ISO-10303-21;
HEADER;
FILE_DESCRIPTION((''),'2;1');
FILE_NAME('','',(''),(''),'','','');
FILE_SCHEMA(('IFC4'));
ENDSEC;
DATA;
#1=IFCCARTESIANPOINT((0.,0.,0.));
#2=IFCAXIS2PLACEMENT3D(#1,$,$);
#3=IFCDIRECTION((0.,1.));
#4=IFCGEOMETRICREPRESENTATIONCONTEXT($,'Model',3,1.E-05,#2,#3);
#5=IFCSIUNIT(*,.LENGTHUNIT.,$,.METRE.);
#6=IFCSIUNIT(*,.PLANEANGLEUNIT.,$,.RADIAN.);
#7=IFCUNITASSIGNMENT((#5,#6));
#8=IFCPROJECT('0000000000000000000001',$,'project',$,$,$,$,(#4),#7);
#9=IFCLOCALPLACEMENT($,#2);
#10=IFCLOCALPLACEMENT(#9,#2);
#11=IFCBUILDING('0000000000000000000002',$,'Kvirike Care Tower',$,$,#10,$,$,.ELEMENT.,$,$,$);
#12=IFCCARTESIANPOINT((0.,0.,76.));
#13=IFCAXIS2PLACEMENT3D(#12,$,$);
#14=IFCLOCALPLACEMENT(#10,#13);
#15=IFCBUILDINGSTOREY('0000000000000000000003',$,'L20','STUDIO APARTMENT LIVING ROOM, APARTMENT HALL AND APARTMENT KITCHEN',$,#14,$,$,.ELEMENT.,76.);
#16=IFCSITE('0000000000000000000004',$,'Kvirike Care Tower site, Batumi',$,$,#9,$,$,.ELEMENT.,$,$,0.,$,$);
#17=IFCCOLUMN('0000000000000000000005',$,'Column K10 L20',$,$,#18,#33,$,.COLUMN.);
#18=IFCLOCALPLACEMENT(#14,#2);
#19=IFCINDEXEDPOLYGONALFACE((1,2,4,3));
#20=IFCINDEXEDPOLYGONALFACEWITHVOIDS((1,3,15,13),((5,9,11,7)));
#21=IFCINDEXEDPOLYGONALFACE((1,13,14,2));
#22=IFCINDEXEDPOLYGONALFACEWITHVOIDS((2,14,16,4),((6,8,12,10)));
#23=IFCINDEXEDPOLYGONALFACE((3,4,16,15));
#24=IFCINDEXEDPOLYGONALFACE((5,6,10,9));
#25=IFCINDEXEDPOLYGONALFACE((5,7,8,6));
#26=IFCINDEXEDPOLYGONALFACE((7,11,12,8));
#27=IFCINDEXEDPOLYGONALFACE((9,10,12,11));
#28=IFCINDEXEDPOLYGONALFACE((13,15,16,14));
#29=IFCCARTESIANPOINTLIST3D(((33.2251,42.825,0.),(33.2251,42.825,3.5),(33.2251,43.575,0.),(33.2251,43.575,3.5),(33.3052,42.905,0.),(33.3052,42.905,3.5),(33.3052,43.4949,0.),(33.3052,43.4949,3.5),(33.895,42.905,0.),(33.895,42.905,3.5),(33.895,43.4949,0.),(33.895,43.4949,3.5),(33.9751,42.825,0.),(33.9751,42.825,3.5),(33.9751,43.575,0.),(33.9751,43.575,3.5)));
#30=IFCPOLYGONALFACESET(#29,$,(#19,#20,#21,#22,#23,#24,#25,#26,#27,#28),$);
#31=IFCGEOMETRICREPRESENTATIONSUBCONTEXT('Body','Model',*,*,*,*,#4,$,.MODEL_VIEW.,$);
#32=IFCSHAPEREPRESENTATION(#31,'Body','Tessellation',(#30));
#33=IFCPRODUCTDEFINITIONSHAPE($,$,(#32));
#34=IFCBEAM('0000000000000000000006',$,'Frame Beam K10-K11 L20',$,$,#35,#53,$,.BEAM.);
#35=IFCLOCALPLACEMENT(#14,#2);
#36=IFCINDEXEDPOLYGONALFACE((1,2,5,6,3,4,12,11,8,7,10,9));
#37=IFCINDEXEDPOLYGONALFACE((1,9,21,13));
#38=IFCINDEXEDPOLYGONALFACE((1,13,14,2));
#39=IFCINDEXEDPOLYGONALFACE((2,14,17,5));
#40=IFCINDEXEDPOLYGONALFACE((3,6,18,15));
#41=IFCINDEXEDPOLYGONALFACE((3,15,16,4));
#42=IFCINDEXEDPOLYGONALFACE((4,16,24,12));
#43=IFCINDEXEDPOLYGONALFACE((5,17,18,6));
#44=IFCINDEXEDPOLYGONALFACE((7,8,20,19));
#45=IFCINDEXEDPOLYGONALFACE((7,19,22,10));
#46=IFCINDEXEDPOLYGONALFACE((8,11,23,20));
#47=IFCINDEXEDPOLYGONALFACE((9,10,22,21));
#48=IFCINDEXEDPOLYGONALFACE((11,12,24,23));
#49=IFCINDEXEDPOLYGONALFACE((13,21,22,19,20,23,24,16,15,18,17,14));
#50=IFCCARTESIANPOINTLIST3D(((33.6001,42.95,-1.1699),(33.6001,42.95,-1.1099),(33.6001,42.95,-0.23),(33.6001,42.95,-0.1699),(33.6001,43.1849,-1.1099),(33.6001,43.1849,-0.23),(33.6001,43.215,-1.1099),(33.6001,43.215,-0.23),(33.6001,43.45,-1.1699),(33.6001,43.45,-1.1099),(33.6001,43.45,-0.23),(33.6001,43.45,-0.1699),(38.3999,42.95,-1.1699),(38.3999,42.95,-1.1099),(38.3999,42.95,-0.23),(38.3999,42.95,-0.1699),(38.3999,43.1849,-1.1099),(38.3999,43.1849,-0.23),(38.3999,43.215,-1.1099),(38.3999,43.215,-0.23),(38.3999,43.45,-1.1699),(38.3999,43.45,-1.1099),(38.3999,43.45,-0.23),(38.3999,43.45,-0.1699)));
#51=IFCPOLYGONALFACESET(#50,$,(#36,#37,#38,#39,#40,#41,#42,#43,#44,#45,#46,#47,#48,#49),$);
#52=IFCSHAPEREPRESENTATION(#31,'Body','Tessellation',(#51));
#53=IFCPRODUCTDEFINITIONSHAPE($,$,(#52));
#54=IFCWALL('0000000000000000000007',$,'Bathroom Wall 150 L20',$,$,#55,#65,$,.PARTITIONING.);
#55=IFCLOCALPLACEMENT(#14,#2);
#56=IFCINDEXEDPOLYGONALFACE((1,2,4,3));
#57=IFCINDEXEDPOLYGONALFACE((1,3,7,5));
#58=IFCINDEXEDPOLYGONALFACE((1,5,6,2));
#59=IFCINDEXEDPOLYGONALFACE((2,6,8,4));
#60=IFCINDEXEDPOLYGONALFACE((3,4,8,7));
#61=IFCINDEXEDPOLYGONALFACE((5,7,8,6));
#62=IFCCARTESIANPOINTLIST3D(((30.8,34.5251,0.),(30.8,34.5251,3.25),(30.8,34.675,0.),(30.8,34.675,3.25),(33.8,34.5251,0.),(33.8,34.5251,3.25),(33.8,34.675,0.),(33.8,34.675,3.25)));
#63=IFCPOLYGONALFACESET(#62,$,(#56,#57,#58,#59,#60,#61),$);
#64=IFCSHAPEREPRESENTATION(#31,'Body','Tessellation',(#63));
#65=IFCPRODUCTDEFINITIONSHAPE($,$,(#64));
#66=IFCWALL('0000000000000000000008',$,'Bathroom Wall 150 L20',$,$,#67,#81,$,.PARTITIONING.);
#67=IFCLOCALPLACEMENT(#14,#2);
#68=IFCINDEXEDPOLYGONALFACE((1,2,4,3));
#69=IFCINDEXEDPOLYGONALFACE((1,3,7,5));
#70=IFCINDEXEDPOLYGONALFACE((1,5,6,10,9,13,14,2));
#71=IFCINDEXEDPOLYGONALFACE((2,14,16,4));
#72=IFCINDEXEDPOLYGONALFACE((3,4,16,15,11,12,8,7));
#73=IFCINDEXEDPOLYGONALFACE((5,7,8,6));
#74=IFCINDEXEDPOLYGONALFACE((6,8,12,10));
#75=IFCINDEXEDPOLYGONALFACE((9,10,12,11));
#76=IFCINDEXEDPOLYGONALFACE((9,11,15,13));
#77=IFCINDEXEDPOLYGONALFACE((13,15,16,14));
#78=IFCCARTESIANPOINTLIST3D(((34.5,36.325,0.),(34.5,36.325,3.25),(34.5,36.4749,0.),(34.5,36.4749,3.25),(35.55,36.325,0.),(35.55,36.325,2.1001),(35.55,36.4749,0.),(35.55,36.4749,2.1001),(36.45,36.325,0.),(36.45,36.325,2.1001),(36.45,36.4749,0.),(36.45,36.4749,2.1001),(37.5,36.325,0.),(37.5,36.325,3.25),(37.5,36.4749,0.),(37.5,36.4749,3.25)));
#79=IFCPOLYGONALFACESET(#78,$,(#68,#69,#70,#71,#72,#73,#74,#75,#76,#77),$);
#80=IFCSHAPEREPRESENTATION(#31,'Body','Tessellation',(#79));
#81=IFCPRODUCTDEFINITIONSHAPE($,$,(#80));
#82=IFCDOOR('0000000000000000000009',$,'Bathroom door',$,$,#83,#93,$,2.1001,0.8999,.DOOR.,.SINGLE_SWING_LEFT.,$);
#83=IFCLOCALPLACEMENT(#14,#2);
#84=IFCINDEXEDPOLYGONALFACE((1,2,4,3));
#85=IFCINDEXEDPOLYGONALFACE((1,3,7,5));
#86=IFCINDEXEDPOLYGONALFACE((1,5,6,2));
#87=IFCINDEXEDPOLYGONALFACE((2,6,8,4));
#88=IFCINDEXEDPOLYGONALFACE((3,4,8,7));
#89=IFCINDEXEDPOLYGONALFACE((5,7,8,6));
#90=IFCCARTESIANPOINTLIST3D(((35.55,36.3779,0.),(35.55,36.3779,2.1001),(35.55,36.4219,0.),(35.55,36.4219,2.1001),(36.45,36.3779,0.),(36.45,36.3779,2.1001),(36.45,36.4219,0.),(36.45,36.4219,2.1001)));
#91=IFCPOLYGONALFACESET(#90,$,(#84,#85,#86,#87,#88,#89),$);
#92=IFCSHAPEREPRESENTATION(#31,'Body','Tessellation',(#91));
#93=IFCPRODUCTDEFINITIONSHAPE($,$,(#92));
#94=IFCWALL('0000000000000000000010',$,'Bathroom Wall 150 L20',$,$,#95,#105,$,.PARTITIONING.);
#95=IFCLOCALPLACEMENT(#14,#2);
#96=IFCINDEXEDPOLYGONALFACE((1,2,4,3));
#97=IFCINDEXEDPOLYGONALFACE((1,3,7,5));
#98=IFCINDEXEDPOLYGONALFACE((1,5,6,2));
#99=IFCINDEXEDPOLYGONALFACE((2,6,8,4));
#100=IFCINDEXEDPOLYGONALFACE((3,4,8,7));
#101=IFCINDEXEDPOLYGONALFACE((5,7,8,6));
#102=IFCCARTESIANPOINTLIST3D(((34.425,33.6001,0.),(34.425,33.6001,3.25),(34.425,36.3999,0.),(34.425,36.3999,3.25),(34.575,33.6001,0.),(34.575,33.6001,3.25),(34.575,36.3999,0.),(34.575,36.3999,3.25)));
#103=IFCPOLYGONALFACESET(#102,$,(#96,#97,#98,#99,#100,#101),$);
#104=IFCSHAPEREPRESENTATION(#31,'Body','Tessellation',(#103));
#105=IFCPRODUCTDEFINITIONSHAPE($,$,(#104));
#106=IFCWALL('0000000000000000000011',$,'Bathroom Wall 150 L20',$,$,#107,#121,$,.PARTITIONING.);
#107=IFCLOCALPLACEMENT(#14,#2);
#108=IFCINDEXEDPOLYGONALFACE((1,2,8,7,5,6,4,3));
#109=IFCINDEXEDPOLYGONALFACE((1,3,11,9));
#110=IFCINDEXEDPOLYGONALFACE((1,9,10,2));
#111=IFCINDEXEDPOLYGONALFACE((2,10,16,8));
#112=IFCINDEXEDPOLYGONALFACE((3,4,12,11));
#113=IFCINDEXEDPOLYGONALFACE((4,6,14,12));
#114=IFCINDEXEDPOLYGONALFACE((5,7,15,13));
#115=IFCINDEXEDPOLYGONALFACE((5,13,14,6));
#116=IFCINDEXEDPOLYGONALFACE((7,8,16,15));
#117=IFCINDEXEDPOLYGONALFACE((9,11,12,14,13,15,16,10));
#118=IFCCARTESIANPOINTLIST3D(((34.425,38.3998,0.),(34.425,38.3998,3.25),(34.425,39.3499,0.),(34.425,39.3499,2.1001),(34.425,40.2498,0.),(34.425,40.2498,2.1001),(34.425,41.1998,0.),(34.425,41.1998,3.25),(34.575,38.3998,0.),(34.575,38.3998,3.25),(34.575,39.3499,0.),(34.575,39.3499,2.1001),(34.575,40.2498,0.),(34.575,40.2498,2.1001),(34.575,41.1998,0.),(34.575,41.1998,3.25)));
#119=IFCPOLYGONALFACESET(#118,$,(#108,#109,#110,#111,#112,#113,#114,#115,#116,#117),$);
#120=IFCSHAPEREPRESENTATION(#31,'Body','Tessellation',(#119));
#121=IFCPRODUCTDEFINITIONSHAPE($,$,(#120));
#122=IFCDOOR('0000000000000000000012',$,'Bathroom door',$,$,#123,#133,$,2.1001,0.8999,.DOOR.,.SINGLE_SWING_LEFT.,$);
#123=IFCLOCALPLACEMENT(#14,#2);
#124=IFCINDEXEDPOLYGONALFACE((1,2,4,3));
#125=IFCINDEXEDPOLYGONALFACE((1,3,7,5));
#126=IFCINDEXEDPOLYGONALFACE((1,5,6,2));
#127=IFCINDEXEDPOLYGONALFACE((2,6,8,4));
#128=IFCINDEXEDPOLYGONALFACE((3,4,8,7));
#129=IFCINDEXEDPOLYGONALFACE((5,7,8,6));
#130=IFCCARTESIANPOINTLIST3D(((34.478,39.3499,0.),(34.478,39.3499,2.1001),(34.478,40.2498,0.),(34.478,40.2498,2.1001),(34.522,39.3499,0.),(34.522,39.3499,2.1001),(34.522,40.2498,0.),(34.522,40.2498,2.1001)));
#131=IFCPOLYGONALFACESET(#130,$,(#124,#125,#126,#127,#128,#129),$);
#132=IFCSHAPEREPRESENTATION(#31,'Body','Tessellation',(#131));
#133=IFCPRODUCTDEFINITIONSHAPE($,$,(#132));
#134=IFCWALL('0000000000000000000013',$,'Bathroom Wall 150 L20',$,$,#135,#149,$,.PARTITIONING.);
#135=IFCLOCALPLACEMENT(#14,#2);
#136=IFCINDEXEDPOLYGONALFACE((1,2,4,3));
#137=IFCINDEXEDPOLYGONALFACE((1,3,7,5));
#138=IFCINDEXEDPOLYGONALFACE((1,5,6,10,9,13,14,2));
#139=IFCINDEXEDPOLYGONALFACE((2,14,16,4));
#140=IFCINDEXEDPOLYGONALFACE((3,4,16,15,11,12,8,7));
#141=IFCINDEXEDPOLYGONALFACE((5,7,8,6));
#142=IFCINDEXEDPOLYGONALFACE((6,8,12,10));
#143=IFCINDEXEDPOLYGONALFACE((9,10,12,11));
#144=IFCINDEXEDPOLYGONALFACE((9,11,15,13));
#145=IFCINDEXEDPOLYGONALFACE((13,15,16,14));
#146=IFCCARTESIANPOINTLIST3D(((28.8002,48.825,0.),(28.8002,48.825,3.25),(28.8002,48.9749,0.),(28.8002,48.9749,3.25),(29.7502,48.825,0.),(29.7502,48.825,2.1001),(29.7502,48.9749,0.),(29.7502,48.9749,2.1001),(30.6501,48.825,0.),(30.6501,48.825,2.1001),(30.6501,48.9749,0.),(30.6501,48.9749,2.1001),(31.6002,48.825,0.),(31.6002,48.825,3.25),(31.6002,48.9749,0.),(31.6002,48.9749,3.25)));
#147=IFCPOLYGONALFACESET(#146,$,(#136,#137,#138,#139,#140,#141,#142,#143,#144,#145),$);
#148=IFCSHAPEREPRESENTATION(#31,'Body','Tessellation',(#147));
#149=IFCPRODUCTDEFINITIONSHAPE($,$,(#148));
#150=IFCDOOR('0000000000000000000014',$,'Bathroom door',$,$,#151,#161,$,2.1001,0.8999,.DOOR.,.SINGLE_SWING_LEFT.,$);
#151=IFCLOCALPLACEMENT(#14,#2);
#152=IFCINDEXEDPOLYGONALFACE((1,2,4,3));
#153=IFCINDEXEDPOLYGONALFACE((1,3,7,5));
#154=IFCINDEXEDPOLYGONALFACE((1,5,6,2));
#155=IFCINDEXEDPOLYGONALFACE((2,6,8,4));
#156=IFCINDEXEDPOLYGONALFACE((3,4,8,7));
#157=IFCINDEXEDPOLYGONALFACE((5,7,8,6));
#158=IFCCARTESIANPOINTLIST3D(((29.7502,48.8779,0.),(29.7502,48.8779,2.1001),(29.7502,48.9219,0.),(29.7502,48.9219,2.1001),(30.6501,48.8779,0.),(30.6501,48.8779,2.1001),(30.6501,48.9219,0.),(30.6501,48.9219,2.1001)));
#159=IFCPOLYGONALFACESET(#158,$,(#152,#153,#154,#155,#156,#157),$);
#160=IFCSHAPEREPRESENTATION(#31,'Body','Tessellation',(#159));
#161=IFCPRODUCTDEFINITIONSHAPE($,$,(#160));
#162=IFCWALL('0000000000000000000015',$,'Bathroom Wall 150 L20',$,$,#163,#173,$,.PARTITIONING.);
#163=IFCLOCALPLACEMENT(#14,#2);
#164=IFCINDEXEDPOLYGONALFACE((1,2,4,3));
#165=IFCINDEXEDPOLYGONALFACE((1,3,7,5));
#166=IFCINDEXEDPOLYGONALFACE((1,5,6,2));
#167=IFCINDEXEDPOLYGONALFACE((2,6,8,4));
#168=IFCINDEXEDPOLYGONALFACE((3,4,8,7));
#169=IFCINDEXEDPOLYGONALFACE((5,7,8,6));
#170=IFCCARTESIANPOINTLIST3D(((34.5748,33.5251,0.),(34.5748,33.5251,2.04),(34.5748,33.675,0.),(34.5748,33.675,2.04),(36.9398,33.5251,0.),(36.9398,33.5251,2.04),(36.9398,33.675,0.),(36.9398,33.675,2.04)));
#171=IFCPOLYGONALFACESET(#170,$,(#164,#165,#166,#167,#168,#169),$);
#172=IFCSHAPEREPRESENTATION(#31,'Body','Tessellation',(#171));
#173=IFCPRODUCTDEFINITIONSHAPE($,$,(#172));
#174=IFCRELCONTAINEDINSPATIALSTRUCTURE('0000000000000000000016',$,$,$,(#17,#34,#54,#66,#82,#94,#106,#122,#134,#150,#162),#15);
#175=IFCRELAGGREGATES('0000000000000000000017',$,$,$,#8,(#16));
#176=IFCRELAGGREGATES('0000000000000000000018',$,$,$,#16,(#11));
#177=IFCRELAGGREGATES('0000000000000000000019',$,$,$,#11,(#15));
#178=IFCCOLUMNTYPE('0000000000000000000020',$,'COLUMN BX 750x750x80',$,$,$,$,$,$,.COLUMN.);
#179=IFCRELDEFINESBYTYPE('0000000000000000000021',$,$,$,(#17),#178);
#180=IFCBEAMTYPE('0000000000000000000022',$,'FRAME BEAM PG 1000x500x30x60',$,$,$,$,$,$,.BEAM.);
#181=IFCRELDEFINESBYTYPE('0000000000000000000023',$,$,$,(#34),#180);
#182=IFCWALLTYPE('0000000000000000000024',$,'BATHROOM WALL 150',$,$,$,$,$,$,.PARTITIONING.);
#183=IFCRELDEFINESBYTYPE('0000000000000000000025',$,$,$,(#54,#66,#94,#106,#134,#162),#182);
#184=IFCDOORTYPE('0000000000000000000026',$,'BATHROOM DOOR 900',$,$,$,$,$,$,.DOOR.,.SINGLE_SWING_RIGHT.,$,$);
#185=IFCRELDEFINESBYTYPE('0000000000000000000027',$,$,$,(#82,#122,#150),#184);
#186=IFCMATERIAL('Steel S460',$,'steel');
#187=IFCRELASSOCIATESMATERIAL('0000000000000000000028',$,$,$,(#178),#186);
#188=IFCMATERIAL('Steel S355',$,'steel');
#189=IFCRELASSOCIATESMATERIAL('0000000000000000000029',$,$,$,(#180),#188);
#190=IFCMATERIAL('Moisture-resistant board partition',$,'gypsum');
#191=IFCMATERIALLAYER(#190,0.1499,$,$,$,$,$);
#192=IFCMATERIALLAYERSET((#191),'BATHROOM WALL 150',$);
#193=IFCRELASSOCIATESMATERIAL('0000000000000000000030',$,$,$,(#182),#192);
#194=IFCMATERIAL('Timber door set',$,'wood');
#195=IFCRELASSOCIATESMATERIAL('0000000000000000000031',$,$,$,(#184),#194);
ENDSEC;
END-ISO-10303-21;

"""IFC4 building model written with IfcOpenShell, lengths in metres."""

from ifc_helpers import new_model, si_unit, direction, frame, frame_2d, origin, origin_2d, place, context, subcontext, project, spatial, rectangle, hollow_rectangle, i_section, extrude, material, layer, layer_set, material_profile, profile_set, type_object, element, fill, save


model = new_model("IFC4")

# Units and contexts
model_context = context("Model", 3, precision=1e-05, world=origin(), true_north=direction((0.0, 1.0)))
body_context = subcontext(model_context, "Body", "Model", "MODEL_VIEW")
ifc_project = project(units=[si_unit("LENGTHUNIT", "METRE"), si_unit("PLANEANGLEUNIT", "RADIAN")], contexts=[model_context])

# Site, building, storey
site_placement = place(None, origin())
site = spatial("IfcSite", under=ifc_project, at=site_placement, Name="Kvirike Care Tower site, Batumi", CompositionType="ELEMENT", RefElevation=0.0)
building_placement = place(site_placement, origin())
building = spatial("IfcBuilding", under=site, at=building_placement, Name="Kvirike Care Tower", CompositionType="ELEMENT")
storey_placement = place(building_placement, frame((0.0, 0.0, 76.0)))
storey = spatial("IfcBuildingStorey", under=building, at=storey_placement, Name="L20", Description="STUDIO APARTMENT LIVING ROOM, APARTMENT HALL AND APARTMENT KITCHEN", CompositionType="ELEMENT", Elevation=76.0)

# Column
ifc_material_1 = material(Name="Steel S460", Category="steel")
ifc_material_profile_1 = material_profile(ifc_material_1, hollow_rectangle(XDim=0.75, YDim=0.75, WallThickness=0.0801, at=origin_2d()), Name="BX 750x750x80")
ifc_profile_set_1 = profile_set([ifc_material_profile_1], Name="Steel S460")
column_type = type_object("IfcColumnType", Name="COLUMN BX 750x750x80", PredefinedType="COLUMN", material=ifc_profile_set_1)
column_placement = place(storey_placement, frame((33.6001, 43.2, 0.0), z_axis=(0.0, 0.0, 1.0), x_axis=(0.0, 1.0, 0.0)))
element("IfcColumn", 1, at=column_placement, inside=storey, type_object=column_type, Name="Column K10 L20", PredefinedType="COLUMN", context=body_context, shape_type="SweptSolid", body=[
    extrude(hollow_rectangle(XDim=0.75, YDim=0.75, WallThickness=0.0801, at=origin_2d()), origin(), (0.0, 0.0, 1.0), 3.5),
])

# Beam
ifc_material_2 = material(Name="Steel S355", Category="steel")
ifc_material_profile_2 = material_profile(ifc_material_2, i_section(OverallWidth=0.5, OverallDepth=1.0, WebThickness=0.03, FlangeThickness=0.0601, at=origin_2d()), Name="PG 1000x500x30x60")
ifc_profile_set_2 = profile_set([ifc_material_profile_2], Name="Steel S355")
beam_type = type_object("IfcBeamType", Name="FRAME BEAM PG 1000x500x30x60", PredefinedType="BEAM", material=ifc_profile_set_2)
beam_placement = place(storey_placement, frame((33.6001, 43.2, -0.6699), z_axis=(1.0, 0.0, 0.0), x_axis=(0.0, 1.0, 0.0)))
element("IfcBeam", 2, at=beam_placement, inside=storey, type_object=beam_type, Name="Frame Beam K10-K11 L20", PredefinedType="BEAM", context=body_context, shape_type="SweptSolid", body=[
    extrude(i_section(OverallWidth=0.5, OverallDepth=1.0, WebThickness=0.03, FlangeThickness=0.0601, at=origin_2d()), origin(), (0.0, 0.0, 1.0), 4.7998),
])

# Wall
ifc_material_3 = material(Name="Moisture-resistant board partition", Category="gypsum")
ifc_layer_1 = layer(ifc_material_3, 0.1499)
ifc_layer_set_1 = layer_set([ifc_layer_1], Name="BATHROOM WALL 150")
wall_type_1 = type_object("IfcWallType", Name="BATHROOM WALL 150", PredefinedType="PARTITIONING", material=ifc_layer_set_1)
wall_1_placement = place(storey_placement, frame((33.8, 34.6001, 0.0), z_axis=(0.0, 0.0, 1.0), x_axis=(-1.0, 0.0, 0.0)))
element("IfcWall", 3, at=wall_1_placement, inside=storey, type_object=wall_type_1, Name="Bathroom Wall 150 L20", PredefinedType="PARTITIONING", context=body_context, shape_type="SweptSolid", body=[
    extrude(rectangle(XDim=3.0, YDim=0.1499, at=frame_2d((1.5, 0.0))), origin(), (0.0, 0.0, 1.0), 3.25),
])

# Wall, opening, door
wall_2_placement = place(storey_placement, frame((37.5, 36.3999, 0.0), z_axis=(0.0, 0.0, 1.0), x_axis=(-1.0, 0.0, 0.0)))
wall_2 = element("IfcWall", 4, at=wall_2_placement, inside=storey, type_object=wall_type_1, Name="Bathroom Wall 150 L20", PredefinedType="PARTITIONING", context=body_context, shape_type="SweptSolid", body=[
    extrude(rectangle(XDim=3.0, YDim=0.1499, at=frame_2d((1.5, 0.0))), origin(), (0.0, 0.0, 1.0), 3.25),
])
opening_1_placement = place(wall_2_placement, frame((1.05, 0.0, 0.0)))
opening_1 = element("IfcOpeningElement", 5, at=opening_1_placement, cuts=wall_2, PredefinedType="OPENING", context=body_context, shape_type="SweptSolid", body=[
    extrude(rectangle(XDim=0.8999, YDim=2.1001, at=frame_2d((0.45, 1.05))), frame((0.0, 0.0854, 0.0), z_axis=(0.0, -1.0, 0.0), x_axis=(1.0, 0.0, 0.0)), (0.0, 0.0, 1.0), 0.1709),
])
ifc_material_4 = material(Name="Timber door set", Category="wood")
door_type_1 = type_object("IfcDoorType", Name="BATHROOM DOOR 900", OperationType="SINGLE_SWING_RIGHT", PredefinedType="DOOR", material=ifc_material_4)
door_1_placement = place(opening_1_placement, origin())
door_1 = element("IfcDoor", 6, at=door_1_placement, inside=storey, type_object=door_type_1, Name="Bathroom door", OperationType="SINGLE_SWING_LEFT", OverallHeight=2.1001, OverallWidth=0.8999, PredefinedType="DOOR", context=body_context, shape_type="SweptSolid", body=[
    extrude(rectangle(XDim=0.8999, YDim=2.1001, at=frame_2d((0.45, 1.05))), frame((0.0, 0.022, 0.0), z_axis=(0.0, -1.0, 0.0), x_axis=(1.0, 0.0, 0.0)), (0.0, 0.0, 1.0), 0.0439),
])
fill(opening_1, door_1)

# Wall
wall_3_placement = place(storey_placement, frame((34.5, 33.6001, 0.0), z_axis=(0.0, 0.0, 1.0), x_axis=(0.0, 1.0, 0.0)))
element("IfcWall", 7, at=wall_3_placement, inside=storey, type_object=wall_type_1, Name="Bathroom Wall 150 L20", PredefinedType="PARTITIONING", context=body_context, shape_type="SweptSolid", body=[
    extrude(rectangle(XDim=2.7998, YDim=0.1499, at=frame_2d((1.3999, 0.0))), origin(), (0.0, 0.0, 1.0), 3.25),
])

# Walls, openings, doors
wall_4_placement = place(storey_placement, frame((34.5, 38.3999, 0.0), z_axis=(0.0, 0.0, 1.0), x_axis=(0.0, 1.0, 0.0)))
wall_4 = element("IfcWall", 8, at=wall_4_placement, inside=storey, type_object=wall_type_1, Name="Bathroom Wall 150 L20", PredefinedType="PARTITIONING", context=body_context, shape_type="SweptSolid", body=[
    extrude(rectangle(XDim=2.8, YDim=0.1499, at=frame_2d((1.3999, 0.0))), origin(), (0.0, 0.0, 1.0), 3.25),
])
opening_2_placement = place(wall_4_placement, frame((0.95, 0.0, 0.0)))
opening_2 = element("IfcOpeningElement", 9, at=opening_2_placement, cuts=wall_4, PredefinedType="OPENING", context=body_context, shape_type="SweptSolid", body=[
    extrude(rectangle(XDim=0.8999, YDim=2.1001, at=frame_2d((0.45, 1.05))), frame((0.0, 0.0854, 0.0), z_axis=(0.0, -1.0, 0.0), x_axis=(1.0, 0.0, 0.0)), (0.0, 0.0, 1.0), 0.1709),
])
door_2_placement = place(opening_2_placement, frame((0.8999, 0.0, 0.0), z_axis=(0.0, 0.0, 1.0), x_axis=(-1.0, 0.0, 0.0)))
door_2 = element("IfcDoor", 10, at=door_2_placement, inside=storey, type_object=door_type_1, Name="Bathroom door", OperationType="SINGLE_SWING_LEFT", OverallHeight=2.1001, OverallWidth=0.8999, PredefinedType="DOOR", context=body_context, shape_type="SweptSolid", body=[
    extrude(rectangle(XDim=0.8999, YDim=2.1001, at=frame_2d((0.45, 1.05))), frame((0.0, 0.022, 0.0), z_axis=(0.0, -1.0, 0.0), x_axis=(1.0, 0.0, 0.0)), (0.0, 0.0, 1.0), 0.0439),
])
fill(opening_2, door_2)
wall_5_placement = place(storey_placement, frame((31.6001, 48.8999, 0.0), z_axis=(0.0, 0.0, 1.0), x_axis=(-1.0, 0.0, 0.0)))
wall_5 = element("IfcWall", 11, at=wall_5_placement, inside=storey, type_object=wall_type_1, Name="Bathroom Wall 150 L20", PredefinedType="PARTITIONING", context=body_context, shape_type="SweptSolid", body=[
    extrude(rectangle(XDim=2.8, YDim=0.1499, at=frame_2d((1.3999, 0.0))), origin(), (0.0, 0.0, 1.0), 3.25),
])
opening_3_placement = place(wall_5_placement, frame((0.95, 0.0, 0.0)))
opening_3 = element("IfcOpeningElement", 12, at=opening_3_placement, cuts=wall_5, PredefinedType="OPENING", context=body_context, shape_type="SweptSolid", body=[
    extrude(rectangle(XDim=0.8999, YDim=2.1001, at=frame_2d((0.45, 1.05))), frame((0.0, 0.0854, 0.0), z_axis=(0.0, -1.0, 0.0), x_axis=(1.0, 0.0, 0.0)), (0.0, 0.0, 1.0), 0.1709),
])
door_3_placement = place(opening_3_placement, frame((0.8999, 0.0, 0.0), z_axis=(0.0, 0.0, 1.0), x_axis=(-1.0, 0.0, 0.0)))
door_3 = element("IfcDoor", 13, at=door_3_placement, inside=storey, type_object=door_type_1, Name="Bathroom door", OperationType="SINGLE_SWING_LEFT", OverallHeight=2.1001, OverallWidth=0.8999, PredefinedType="DOOR", context=body_context, shape_type="SweptSolid", body=[
    extrude(rectangle(XDim=0.8999, YDim=2.1001, at=frame_2d((0.45, 1.05))), frame((0.0, 0.022, 0.0), z_axis=(0.0, -1.0, 0.0), x_axis=(1.0, 0.0, 0.0)), (0.0, 0.0, 1.0), 0.0439),
])
fill(opening_3, door_3)

# Wall
wall_6_placement = place(storey_placement, frame((36.9399, 33.6001, 0.0), z_axis=(0.0, 0.0, 1.0), x_axis=(-1.0, 0.0, 0.0)))
element("IfcWall", 14, at=wall_6_placement, inside=storey, type_object=wall_type_1, Name="Bathroom Wall 150 L20", PredefinedType="PARTITIONING", context=body_context, shape_type="SweptSolid", body=[
    extrude(rectangle(XDim=2.365, YDim=0.1499, at=frame_2d((1.1826, 0.0))), origin(), (0.0, 0.0, 1.0), 2.04),
])

save(model, "model.ifc")
